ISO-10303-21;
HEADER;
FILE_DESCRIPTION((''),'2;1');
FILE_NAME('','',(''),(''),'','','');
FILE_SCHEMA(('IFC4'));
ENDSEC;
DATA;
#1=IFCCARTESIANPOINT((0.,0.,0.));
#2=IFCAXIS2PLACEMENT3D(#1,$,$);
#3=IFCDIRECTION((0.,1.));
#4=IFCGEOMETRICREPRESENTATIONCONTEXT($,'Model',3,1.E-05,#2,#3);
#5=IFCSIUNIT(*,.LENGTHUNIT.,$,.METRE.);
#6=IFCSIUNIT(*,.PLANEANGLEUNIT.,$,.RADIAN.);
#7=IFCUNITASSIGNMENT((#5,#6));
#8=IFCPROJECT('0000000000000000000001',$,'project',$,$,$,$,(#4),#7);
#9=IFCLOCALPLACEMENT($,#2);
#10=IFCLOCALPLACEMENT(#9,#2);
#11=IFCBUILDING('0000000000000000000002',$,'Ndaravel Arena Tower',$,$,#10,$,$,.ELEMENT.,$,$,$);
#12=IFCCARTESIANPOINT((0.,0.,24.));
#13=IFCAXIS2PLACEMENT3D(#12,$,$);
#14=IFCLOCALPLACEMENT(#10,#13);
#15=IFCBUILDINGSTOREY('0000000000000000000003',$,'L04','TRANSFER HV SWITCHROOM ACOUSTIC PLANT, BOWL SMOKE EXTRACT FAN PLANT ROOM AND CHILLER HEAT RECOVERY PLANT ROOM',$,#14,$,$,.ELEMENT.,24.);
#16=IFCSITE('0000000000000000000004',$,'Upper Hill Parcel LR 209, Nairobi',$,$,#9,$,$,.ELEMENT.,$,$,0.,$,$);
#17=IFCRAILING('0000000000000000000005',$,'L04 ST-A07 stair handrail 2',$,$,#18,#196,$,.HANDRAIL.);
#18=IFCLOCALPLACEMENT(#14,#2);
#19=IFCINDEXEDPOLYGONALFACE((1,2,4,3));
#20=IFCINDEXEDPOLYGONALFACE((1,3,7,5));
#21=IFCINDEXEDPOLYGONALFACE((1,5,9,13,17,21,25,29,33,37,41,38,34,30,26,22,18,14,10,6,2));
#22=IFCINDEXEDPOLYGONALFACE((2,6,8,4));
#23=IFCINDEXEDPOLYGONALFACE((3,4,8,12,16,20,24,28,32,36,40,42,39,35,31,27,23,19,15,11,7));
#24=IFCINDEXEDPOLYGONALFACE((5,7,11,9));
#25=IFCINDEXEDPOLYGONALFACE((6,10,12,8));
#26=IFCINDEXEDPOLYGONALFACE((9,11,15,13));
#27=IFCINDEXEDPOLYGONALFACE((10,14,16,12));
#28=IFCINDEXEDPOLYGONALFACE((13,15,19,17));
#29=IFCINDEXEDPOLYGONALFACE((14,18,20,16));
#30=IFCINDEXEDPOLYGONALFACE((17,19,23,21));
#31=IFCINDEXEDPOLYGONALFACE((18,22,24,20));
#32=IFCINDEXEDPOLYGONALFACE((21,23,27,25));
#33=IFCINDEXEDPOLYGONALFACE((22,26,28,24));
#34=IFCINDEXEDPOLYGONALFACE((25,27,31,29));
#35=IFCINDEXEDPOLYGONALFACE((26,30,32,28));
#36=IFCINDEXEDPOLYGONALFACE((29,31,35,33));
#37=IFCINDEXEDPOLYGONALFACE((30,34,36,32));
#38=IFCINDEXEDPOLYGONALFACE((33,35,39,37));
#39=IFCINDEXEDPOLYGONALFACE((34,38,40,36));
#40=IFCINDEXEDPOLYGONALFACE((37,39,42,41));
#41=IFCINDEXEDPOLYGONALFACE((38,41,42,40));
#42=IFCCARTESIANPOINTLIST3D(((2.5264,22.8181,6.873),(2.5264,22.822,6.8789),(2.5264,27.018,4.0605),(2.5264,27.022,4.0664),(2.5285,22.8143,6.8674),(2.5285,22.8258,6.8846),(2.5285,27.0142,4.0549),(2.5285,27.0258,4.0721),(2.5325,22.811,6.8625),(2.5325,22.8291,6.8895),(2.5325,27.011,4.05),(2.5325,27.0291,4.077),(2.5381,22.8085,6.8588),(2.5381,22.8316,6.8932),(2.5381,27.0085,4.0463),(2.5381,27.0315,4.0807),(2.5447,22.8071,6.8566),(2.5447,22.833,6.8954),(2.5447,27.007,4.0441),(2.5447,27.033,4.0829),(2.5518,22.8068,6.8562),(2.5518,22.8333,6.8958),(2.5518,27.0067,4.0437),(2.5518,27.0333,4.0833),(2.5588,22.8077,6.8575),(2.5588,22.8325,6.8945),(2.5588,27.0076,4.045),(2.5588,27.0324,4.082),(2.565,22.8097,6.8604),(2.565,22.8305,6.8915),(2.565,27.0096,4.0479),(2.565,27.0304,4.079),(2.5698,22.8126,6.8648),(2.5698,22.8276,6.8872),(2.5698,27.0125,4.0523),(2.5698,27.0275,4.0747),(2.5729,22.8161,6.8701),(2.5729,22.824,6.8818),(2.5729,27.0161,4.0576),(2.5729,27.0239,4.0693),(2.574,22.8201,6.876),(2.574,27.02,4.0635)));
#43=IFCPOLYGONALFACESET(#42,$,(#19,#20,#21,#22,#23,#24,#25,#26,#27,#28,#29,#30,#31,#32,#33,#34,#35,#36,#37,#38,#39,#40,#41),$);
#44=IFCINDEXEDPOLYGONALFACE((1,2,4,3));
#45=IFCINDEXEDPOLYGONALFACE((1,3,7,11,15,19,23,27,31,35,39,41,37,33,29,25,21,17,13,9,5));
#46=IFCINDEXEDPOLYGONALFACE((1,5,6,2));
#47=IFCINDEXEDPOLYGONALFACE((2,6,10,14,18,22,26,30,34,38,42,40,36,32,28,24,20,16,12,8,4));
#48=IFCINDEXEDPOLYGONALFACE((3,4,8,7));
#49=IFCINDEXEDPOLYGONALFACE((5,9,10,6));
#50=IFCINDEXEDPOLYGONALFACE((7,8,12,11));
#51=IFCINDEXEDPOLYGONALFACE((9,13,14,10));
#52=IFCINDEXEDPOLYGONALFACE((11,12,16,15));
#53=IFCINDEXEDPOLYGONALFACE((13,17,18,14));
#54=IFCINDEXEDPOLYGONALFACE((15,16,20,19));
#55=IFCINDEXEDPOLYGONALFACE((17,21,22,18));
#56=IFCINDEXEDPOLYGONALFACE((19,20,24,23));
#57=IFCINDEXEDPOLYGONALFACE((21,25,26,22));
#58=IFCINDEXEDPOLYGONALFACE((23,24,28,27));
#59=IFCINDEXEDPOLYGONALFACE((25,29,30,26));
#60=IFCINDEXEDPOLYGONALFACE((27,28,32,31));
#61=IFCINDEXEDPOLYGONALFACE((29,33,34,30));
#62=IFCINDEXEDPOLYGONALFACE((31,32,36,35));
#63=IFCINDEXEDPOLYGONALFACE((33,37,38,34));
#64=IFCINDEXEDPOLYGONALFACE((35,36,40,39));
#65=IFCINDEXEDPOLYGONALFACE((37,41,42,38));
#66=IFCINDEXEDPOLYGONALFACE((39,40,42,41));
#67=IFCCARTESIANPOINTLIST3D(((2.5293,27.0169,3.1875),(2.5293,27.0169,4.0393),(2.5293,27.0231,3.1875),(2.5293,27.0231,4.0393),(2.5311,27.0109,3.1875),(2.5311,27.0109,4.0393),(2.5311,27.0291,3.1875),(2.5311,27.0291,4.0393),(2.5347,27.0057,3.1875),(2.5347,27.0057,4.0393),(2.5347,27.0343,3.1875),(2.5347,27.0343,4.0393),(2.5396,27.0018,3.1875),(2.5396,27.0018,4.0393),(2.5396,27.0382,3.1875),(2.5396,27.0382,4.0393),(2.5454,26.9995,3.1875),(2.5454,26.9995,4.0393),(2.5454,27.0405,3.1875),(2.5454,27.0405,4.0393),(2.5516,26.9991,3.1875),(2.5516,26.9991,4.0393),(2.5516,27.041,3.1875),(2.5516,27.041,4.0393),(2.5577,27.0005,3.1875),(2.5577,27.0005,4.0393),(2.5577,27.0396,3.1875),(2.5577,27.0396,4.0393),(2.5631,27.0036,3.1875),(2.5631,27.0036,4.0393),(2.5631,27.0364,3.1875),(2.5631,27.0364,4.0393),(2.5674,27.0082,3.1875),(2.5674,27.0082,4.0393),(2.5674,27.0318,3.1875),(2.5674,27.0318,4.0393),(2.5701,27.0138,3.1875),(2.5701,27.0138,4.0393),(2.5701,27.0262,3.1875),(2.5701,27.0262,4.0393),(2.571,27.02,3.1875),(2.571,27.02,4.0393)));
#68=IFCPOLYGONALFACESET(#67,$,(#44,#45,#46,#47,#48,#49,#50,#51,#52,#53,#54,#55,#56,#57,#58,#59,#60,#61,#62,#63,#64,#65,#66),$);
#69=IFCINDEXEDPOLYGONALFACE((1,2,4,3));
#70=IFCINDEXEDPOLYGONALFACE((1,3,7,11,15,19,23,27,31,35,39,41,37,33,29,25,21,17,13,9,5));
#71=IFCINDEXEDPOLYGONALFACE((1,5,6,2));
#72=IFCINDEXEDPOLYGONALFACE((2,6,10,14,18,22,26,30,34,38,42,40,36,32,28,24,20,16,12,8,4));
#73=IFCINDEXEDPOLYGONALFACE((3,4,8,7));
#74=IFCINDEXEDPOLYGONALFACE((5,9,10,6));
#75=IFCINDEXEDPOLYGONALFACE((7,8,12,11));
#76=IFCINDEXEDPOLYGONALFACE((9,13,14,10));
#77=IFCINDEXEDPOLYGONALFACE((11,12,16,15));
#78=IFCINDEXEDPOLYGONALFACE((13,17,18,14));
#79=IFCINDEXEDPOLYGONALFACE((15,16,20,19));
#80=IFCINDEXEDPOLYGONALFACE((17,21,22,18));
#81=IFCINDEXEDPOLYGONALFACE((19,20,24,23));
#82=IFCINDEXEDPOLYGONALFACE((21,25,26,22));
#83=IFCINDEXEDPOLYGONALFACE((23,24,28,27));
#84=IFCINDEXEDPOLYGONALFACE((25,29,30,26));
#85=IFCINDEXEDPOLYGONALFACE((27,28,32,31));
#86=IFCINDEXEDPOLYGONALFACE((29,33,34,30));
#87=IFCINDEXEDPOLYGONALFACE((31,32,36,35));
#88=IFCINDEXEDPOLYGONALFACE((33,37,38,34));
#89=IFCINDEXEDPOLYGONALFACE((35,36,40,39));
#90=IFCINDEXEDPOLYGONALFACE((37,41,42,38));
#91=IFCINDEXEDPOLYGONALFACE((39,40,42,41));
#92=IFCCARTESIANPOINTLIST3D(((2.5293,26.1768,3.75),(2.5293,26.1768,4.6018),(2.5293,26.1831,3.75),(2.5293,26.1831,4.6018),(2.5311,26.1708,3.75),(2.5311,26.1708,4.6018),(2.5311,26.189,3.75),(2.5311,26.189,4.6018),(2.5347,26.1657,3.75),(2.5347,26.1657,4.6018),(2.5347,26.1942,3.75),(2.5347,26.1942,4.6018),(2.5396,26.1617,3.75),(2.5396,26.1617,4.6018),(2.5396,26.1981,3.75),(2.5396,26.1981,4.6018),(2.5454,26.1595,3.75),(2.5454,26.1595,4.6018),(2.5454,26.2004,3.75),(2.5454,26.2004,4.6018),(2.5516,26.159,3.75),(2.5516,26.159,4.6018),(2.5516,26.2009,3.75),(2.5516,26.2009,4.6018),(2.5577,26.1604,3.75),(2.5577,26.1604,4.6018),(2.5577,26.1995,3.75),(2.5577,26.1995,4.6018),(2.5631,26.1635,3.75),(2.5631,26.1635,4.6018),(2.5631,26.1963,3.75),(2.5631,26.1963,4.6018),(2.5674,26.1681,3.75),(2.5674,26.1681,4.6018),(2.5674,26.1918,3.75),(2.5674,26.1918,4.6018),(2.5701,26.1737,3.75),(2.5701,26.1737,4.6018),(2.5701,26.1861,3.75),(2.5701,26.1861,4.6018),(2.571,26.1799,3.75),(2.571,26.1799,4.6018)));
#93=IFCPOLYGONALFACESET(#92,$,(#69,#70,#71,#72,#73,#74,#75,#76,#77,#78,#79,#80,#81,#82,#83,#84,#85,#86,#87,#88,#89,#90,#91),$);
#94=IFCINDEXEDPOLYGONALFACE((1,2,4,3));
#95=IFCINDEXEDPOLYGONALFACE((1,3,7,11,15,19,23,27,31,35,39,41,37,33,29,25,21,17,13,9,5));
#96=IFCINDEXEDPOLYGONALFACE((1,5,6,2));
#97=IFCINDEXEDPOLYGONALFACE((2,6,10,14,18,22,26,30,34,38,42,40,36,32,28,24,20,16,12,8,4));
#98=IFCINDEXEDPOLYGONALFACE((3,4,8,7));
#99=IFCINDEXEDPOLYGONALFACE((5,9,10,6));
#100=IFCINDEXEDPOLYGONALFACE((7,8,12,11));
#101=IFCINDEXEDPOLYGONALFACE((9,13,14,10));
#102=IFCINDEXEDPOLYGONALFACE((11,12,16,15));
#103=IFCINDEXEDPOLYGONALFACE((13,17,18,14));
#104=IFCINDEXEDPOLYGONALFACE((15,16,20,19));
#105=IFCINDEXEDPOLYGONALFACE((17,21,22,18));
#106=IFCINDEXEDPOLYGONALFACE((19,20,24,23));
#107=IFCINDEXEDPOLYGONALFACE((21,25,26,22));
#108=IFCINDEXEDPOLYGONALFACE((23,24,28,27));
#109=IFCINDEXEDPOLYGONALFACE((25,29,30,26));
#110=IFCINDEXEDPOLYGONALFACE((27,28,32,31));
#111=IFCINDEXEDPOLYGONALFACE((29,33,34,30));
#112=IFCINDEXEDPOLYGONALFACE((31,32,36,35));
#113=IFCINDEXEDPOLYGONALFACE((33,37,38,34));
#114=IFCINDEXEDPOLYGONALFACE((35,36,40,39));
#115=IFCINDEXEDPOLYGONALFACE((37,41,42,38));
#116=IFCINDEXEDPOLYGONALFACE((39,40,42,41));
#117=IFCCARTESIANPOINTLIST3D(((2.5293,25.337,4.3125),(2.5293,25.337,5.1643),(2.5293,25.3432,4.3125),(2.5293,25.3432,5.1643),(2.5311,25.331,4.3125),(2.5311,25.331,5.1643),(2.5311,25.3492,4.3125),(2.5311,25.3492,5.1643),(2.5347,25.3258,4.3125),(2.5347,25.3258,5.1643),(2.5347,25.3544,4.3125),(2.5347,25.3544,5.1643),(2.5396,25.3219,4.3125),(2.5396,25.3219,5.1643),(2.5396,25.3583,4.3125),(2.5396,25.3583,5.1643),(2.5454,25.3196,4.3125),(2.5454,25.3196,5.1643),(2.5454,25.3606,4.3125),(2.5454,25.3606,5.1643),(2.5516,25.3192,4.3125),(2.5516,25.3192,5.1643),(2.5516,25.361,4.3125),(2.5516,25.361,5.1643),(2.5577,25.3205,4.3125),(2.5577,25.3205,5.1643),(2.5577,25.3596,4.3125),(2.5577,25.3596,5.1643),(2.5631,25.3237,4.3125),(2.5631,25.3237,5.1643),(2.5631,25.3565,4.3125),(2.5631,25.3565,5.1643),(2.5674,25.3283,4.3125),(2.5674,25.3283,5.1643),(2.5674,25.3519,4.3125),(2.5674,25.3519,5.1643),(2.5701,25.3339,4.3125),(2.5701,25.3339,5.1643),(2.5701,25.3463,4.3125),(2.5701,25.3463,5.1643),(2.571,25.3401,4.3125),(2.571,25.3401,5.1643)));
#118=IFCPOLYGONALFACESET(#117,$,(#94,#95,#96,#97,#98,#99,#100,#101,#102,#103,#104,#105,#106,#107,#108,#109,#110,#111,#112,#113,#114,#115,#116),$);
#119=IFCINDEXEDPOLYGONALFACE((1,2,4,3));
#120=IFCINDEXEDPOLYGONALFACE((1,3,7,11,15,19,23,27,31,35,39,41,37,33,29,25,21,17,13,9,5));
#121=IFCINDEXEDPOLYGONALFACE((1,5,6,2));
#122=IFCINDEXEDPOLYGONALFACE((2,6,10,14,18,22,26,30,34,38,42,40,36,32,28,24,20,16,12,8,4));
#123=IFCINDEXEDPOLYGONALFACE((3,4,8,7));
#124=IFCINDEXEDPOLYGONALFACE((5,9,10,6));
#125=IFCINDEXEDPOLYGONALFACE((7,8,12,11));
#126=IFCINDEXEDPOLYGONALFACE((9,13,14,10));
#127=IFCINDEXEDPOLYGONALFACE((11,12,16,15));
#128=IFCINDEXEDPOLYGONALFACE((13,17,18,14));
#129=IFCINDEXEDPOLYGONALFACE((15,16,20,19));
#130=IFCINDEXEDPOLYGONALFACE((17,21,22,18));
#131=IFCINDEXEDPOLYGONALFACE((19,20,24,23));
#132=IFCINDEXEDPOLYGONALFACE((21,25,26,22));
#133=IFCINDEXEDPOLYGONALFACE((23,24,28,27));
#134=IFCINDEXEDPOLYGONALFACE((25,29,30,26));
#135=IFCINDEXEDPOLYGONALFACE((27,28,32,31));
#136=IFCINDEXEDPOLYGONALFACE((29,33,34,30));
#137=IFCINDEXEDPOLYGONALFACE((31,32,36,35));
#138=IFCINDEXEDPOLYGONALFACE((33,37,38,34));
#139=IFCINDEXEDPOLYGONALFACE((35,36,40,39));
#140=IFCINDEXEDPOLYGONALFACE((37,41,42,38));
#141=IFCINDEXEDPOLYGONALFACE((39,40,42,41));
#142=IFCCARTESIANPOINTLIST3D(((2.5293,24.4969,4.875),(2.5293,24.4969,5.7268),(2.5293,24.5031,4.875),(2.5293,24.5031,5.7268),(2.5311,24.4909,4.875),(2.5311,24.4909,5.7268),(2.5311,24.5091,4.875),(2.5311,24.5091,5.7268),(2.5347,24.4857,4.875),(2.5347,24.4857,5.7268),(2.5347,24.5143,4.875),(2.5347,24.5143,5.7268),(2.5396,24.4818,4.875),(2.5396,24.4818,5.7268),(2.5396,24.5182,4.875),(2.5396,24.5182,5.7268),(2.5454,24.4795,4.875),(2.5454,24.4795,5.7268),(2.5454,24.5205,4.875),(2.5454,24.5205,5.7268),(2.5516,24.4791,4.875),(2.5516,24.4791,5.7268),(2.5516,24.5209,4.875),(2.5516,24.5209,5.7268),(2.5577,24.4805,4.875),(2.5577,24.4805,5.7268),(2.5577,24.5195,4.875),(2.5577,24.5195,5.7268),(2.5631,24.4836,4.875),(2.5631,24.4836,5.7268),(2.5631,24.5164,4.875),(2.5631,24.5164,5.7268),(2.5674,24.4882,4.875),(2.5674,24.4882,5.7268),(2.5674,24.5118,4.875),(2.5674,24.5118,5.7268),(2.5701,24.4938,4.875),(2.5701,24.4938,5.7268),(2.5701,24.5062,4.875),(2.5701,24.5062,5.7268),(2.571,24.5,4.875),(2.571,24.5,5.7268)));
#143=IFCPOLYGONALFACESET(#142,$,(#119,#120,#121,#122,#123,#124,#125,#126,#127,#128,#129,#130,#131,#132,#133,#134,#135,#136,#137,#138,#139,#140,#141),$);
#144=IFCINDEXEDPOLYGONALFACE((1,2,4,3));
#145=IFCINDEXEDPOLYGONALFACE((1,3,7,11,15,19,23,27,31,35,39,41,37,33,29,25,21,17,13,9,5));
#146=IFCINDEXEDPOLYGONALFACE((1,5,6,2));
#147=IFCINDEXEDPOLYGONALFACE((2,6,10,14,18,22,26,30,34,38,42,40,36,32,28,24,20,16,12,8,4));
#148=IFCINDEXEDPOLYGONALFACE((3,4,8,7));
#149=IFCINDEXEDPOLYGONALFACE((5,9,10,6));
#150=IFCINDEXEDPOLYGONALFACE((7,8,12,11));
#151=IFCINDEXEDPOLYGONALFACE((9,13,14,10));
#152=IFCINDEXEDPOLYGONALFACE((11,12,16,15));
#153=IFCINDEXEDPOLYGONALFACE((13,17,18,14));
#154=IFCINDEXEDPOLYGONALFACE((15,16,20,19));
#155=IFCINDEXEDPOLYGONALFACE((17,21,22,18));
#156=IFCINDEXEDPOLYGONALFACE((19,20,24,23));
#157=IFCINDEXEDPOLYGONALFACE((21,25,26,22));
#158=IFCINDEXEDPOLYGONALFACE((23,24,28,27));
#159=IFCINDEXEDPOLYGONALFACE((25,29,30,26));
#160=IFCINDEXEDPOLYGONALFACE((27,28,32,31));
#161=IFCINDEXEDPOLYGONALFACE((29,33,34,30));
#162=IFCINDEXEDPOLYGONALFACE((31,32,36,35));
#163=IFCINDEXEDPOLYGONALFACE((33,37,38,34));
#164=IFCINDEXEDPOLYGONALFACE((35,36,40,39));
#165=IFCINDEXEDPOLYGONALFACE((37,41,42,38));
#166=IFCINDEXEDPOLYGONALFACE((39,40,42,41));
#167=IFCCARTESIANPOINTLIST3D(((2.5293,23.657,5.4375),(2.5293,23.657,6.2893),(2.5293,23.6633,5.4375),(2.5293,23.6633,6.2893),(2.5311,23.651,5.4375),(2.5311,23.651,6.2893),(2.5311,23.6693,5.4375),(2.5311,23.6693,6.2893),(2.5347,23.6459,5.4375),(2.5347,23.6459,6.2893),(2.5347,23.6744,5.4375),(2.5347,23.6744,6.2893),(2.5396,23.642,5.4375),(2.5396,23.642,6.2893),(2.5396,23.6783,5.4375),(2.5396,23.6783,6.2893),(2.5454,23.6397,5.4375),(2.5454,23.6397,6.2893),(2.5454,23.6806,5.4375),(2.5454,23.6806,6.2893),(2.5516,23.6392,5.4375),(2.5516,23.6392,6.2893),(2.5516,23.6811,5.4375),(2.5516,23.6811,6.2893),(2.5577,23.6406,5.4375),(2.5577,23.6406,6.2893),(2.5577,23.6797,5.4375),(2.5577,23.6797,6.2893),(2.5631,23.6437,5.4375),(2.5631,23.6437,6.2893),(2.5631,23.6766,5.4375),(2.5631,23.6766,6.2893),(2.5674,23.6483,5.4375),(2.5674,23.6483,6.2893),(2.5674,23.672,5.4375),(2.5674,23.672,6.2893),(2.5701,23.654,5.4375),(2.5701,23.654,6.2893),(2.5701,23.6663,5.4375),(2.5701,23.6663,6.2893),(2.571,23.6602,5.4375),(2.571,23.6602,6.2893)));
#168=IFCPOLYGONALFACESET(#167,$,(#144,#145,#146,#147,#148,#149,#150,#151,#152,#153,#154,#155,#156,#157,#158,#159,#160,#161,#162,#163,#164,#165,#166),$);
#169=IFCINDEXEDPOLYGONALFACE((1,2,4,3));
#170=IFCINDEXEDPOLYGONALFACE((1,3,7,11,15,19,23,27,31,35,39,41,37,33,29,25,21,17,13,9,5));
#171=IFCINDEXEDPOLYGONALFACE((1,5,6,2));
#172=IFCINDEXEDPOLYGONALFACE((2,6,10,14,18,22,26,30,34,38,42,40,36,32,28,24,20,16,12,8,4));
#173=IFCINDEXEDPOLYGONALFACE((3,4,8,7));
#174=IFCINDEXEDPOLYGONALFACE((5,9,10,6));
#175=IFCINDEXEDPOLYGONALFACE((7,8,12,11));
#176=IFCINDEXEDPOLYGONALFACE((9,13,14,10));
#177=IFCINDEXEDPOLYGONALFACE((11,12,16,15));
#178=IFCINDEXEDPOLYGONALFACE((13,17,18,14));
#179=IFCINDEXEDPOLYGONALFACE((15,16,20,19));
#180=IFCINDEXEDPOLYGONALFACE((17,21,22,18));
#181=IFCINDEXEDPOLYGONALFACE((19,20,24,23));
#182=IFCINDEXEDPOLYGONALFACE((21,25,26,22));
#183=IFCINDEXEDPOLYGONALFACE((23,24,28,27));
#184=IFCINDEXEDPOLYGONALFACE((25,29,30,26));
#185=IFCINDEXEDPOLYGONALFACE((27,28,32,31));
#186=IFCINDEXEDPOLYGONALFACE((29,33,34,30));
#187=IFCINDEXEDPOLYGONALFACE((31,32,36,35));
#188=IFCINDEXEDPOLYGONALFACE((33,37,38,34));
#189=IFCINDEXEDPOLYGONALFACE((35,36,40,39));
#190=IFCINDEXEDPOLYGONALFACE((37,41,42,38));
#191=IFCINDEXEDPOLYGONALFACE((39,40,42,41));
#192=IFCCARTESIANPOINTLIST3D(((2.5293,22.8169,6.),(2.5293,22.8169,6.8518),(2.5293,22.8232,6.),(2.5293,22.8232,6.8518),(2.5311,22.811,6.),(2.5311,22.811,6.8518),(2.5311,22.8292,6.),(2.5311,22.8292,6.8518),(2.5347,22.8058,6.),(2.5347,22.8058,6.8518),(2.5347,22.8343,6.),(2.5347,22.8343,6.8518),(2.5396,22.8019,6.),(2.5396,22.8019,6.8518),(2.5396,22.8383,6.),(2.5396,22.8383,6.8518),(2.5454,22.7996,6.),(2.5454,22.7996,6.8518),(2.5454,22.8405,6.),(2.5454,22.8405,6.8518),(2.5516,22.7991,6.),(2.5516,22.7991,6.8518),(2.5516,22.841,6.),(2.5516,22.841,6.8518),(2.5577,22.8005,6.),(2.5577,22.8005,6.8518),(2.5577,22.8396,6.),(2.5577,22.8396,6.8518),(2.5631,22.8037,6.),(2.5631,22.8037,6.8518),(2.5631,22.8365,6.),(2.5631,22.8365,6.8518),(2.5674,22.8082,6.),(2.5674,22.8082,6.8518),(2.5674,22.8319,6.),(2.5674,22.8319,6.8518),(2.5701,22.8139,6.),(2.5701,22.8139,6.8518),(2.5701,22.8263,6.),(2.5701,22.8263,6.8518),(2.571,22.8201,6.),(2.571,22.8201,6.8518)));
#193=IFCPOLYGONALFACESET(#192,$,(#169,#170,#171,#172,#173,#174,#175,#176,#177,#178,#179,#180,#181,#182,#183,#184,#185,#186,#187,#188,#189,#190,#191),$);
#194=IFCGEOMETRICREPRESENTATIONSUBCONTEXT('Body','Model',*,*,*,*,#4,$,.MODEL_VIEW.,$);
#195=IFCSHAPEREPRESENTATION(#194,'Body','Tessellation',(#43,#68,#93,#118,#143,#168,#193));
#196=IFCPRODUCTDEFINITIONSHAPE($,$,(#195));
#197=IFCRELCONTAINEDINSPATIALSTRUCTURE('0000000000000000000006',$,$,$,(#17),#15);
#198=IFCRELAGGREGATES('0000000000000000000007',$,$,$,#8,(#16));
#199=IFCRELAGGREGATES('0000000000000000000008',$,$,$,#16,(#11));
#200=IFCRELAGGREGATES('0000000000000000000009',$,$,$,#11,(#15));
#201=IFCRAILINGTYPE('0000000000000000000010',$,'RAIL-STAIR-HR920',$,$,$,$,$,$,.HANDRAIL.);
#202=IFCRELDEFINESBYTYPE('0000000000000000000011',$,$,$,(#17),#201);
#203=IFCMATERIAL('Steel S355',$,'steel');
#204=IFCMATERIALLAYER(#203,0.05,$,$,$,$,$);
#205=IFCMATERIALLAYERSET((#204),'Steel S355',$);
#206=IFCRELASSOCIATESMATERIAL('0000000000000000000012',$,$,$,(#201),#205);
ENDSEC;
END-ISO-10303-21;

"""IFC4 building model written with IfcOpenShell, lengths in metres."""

from ifc_helpers import new_model, si_unit, direction, frame, origin, origin_2d, place, context, subcontext, project, spatial, circle, extrude, material, layer, layer_set, type_object, element, save


model = new_model("IFC4")

# Units and contexts
model_context = context("Model", 3, precision=1e-05, world=origin(), true_north=direction((0.0, 1.0)))
body_context = subcontext(model_context, "Body", "Model", "MODEL_VIEW")
ifc_project = project(units=[si_unit("LENGTHUNIT", "METRE"), si_unit("PLANEANGLEUNIT", "RADIAN")], contexts=[model_context])

# Site, building, storey
site_placement = place(None, origin())
site = spatial("IfcSite", under=ifc_project, at=site_placement, Name="Upper Hill Parcel LR 209, Nairobi", CompositionType="ELEMENT", RefElevation=0.0)
building_placement = place(site_placement, origin())
building = spatial("IfcBuilding", under=site, at=building_placement, Name="Ndaravel Arena Tower", CompositionType="ELEMENT")
storey_placement = place(building_placement, frame((0.0, 0.0, 24.0)))
storey = spatial("IfcBuildingStorey", under=building, at=storey_placement, Name="L04", Description="TRANSFER HV SWITCHROOM ACOUSTIC PLANT, BOWL SMOKE EXTRACT FAN PLANT ROOM AND CHILLER HEAT RECOVERY PLANT ROOM", CompositionType="ELEMENT", Elevation=24.0)

# Railing
ifc_material_1 = material(Name="Steel S355", Category="steel")
ifc_layer_1 = layer(ifc_material_1, 0.05)
ifc_layer_set_1 = layer_set([ifc_layer_1], Name="Steel S355")
railing_type_1 = type_object("IfcRailingType", Name="RAIL-STAIR-HR920", PredefinedType="HANDRAIL", material=ifc_layer_set_1)
railing_1_placement = place(storey_placement, frame((2.55, 27.02, 3.1875)))
element("IfcRailing", 1, at=railing_1_placement, inside=storey, type_object=railing_type_1, Name="L04 ST-A07 stair handrail 2", PredefinedType="HANDRAIL", context=body_context, shape_type="SweptSolid", body=[
    extrude(circle(Radius=0.0239, at=origin_2d()), frame((0.0, 0.0, 0.876), z_axis=(0.0, -0.830904, 0.556416), x_axis=(1.0, 0.0, 0.0)), (0.0, 0.0, 1.0), 5.0547),
    extrude(circle(Radius=0.021, at=origin_2d()), origin(), (0.0, 0.0, 1.0), 0.8518),
    extrude(circle(Radius=0.021, at=origin_2d()), frame((0.0, -0.8401, 0.5625)), (0.0, 0.0, 1.0), 0.8518),
    extrude(circle(Radius=0.021, at=origin_2d()), frame((0.0, -1.6799, 1.125)), (0.0, 0.0, 1.0), 0.8518),
    extrude(circle(Radius=0.021, at=origin_2d()), frame((0.0, -2.52, 1.6875)), (0.0, 0.0, 1.0), 0.8518),
    extrude(circle(Radius=0.021, at=origin_2d()), frame((0.0, -3.3599, 2.25)), (0.0, 0.0, 1.0), 0.8518),
    extrude(circle(Radius=0.021, at=origin_2d()), frame((0.0, -4.2, 2.8125)), (0.0, 0.0, 1.0), 0.8518),
])

save(model, "model.ifc")
